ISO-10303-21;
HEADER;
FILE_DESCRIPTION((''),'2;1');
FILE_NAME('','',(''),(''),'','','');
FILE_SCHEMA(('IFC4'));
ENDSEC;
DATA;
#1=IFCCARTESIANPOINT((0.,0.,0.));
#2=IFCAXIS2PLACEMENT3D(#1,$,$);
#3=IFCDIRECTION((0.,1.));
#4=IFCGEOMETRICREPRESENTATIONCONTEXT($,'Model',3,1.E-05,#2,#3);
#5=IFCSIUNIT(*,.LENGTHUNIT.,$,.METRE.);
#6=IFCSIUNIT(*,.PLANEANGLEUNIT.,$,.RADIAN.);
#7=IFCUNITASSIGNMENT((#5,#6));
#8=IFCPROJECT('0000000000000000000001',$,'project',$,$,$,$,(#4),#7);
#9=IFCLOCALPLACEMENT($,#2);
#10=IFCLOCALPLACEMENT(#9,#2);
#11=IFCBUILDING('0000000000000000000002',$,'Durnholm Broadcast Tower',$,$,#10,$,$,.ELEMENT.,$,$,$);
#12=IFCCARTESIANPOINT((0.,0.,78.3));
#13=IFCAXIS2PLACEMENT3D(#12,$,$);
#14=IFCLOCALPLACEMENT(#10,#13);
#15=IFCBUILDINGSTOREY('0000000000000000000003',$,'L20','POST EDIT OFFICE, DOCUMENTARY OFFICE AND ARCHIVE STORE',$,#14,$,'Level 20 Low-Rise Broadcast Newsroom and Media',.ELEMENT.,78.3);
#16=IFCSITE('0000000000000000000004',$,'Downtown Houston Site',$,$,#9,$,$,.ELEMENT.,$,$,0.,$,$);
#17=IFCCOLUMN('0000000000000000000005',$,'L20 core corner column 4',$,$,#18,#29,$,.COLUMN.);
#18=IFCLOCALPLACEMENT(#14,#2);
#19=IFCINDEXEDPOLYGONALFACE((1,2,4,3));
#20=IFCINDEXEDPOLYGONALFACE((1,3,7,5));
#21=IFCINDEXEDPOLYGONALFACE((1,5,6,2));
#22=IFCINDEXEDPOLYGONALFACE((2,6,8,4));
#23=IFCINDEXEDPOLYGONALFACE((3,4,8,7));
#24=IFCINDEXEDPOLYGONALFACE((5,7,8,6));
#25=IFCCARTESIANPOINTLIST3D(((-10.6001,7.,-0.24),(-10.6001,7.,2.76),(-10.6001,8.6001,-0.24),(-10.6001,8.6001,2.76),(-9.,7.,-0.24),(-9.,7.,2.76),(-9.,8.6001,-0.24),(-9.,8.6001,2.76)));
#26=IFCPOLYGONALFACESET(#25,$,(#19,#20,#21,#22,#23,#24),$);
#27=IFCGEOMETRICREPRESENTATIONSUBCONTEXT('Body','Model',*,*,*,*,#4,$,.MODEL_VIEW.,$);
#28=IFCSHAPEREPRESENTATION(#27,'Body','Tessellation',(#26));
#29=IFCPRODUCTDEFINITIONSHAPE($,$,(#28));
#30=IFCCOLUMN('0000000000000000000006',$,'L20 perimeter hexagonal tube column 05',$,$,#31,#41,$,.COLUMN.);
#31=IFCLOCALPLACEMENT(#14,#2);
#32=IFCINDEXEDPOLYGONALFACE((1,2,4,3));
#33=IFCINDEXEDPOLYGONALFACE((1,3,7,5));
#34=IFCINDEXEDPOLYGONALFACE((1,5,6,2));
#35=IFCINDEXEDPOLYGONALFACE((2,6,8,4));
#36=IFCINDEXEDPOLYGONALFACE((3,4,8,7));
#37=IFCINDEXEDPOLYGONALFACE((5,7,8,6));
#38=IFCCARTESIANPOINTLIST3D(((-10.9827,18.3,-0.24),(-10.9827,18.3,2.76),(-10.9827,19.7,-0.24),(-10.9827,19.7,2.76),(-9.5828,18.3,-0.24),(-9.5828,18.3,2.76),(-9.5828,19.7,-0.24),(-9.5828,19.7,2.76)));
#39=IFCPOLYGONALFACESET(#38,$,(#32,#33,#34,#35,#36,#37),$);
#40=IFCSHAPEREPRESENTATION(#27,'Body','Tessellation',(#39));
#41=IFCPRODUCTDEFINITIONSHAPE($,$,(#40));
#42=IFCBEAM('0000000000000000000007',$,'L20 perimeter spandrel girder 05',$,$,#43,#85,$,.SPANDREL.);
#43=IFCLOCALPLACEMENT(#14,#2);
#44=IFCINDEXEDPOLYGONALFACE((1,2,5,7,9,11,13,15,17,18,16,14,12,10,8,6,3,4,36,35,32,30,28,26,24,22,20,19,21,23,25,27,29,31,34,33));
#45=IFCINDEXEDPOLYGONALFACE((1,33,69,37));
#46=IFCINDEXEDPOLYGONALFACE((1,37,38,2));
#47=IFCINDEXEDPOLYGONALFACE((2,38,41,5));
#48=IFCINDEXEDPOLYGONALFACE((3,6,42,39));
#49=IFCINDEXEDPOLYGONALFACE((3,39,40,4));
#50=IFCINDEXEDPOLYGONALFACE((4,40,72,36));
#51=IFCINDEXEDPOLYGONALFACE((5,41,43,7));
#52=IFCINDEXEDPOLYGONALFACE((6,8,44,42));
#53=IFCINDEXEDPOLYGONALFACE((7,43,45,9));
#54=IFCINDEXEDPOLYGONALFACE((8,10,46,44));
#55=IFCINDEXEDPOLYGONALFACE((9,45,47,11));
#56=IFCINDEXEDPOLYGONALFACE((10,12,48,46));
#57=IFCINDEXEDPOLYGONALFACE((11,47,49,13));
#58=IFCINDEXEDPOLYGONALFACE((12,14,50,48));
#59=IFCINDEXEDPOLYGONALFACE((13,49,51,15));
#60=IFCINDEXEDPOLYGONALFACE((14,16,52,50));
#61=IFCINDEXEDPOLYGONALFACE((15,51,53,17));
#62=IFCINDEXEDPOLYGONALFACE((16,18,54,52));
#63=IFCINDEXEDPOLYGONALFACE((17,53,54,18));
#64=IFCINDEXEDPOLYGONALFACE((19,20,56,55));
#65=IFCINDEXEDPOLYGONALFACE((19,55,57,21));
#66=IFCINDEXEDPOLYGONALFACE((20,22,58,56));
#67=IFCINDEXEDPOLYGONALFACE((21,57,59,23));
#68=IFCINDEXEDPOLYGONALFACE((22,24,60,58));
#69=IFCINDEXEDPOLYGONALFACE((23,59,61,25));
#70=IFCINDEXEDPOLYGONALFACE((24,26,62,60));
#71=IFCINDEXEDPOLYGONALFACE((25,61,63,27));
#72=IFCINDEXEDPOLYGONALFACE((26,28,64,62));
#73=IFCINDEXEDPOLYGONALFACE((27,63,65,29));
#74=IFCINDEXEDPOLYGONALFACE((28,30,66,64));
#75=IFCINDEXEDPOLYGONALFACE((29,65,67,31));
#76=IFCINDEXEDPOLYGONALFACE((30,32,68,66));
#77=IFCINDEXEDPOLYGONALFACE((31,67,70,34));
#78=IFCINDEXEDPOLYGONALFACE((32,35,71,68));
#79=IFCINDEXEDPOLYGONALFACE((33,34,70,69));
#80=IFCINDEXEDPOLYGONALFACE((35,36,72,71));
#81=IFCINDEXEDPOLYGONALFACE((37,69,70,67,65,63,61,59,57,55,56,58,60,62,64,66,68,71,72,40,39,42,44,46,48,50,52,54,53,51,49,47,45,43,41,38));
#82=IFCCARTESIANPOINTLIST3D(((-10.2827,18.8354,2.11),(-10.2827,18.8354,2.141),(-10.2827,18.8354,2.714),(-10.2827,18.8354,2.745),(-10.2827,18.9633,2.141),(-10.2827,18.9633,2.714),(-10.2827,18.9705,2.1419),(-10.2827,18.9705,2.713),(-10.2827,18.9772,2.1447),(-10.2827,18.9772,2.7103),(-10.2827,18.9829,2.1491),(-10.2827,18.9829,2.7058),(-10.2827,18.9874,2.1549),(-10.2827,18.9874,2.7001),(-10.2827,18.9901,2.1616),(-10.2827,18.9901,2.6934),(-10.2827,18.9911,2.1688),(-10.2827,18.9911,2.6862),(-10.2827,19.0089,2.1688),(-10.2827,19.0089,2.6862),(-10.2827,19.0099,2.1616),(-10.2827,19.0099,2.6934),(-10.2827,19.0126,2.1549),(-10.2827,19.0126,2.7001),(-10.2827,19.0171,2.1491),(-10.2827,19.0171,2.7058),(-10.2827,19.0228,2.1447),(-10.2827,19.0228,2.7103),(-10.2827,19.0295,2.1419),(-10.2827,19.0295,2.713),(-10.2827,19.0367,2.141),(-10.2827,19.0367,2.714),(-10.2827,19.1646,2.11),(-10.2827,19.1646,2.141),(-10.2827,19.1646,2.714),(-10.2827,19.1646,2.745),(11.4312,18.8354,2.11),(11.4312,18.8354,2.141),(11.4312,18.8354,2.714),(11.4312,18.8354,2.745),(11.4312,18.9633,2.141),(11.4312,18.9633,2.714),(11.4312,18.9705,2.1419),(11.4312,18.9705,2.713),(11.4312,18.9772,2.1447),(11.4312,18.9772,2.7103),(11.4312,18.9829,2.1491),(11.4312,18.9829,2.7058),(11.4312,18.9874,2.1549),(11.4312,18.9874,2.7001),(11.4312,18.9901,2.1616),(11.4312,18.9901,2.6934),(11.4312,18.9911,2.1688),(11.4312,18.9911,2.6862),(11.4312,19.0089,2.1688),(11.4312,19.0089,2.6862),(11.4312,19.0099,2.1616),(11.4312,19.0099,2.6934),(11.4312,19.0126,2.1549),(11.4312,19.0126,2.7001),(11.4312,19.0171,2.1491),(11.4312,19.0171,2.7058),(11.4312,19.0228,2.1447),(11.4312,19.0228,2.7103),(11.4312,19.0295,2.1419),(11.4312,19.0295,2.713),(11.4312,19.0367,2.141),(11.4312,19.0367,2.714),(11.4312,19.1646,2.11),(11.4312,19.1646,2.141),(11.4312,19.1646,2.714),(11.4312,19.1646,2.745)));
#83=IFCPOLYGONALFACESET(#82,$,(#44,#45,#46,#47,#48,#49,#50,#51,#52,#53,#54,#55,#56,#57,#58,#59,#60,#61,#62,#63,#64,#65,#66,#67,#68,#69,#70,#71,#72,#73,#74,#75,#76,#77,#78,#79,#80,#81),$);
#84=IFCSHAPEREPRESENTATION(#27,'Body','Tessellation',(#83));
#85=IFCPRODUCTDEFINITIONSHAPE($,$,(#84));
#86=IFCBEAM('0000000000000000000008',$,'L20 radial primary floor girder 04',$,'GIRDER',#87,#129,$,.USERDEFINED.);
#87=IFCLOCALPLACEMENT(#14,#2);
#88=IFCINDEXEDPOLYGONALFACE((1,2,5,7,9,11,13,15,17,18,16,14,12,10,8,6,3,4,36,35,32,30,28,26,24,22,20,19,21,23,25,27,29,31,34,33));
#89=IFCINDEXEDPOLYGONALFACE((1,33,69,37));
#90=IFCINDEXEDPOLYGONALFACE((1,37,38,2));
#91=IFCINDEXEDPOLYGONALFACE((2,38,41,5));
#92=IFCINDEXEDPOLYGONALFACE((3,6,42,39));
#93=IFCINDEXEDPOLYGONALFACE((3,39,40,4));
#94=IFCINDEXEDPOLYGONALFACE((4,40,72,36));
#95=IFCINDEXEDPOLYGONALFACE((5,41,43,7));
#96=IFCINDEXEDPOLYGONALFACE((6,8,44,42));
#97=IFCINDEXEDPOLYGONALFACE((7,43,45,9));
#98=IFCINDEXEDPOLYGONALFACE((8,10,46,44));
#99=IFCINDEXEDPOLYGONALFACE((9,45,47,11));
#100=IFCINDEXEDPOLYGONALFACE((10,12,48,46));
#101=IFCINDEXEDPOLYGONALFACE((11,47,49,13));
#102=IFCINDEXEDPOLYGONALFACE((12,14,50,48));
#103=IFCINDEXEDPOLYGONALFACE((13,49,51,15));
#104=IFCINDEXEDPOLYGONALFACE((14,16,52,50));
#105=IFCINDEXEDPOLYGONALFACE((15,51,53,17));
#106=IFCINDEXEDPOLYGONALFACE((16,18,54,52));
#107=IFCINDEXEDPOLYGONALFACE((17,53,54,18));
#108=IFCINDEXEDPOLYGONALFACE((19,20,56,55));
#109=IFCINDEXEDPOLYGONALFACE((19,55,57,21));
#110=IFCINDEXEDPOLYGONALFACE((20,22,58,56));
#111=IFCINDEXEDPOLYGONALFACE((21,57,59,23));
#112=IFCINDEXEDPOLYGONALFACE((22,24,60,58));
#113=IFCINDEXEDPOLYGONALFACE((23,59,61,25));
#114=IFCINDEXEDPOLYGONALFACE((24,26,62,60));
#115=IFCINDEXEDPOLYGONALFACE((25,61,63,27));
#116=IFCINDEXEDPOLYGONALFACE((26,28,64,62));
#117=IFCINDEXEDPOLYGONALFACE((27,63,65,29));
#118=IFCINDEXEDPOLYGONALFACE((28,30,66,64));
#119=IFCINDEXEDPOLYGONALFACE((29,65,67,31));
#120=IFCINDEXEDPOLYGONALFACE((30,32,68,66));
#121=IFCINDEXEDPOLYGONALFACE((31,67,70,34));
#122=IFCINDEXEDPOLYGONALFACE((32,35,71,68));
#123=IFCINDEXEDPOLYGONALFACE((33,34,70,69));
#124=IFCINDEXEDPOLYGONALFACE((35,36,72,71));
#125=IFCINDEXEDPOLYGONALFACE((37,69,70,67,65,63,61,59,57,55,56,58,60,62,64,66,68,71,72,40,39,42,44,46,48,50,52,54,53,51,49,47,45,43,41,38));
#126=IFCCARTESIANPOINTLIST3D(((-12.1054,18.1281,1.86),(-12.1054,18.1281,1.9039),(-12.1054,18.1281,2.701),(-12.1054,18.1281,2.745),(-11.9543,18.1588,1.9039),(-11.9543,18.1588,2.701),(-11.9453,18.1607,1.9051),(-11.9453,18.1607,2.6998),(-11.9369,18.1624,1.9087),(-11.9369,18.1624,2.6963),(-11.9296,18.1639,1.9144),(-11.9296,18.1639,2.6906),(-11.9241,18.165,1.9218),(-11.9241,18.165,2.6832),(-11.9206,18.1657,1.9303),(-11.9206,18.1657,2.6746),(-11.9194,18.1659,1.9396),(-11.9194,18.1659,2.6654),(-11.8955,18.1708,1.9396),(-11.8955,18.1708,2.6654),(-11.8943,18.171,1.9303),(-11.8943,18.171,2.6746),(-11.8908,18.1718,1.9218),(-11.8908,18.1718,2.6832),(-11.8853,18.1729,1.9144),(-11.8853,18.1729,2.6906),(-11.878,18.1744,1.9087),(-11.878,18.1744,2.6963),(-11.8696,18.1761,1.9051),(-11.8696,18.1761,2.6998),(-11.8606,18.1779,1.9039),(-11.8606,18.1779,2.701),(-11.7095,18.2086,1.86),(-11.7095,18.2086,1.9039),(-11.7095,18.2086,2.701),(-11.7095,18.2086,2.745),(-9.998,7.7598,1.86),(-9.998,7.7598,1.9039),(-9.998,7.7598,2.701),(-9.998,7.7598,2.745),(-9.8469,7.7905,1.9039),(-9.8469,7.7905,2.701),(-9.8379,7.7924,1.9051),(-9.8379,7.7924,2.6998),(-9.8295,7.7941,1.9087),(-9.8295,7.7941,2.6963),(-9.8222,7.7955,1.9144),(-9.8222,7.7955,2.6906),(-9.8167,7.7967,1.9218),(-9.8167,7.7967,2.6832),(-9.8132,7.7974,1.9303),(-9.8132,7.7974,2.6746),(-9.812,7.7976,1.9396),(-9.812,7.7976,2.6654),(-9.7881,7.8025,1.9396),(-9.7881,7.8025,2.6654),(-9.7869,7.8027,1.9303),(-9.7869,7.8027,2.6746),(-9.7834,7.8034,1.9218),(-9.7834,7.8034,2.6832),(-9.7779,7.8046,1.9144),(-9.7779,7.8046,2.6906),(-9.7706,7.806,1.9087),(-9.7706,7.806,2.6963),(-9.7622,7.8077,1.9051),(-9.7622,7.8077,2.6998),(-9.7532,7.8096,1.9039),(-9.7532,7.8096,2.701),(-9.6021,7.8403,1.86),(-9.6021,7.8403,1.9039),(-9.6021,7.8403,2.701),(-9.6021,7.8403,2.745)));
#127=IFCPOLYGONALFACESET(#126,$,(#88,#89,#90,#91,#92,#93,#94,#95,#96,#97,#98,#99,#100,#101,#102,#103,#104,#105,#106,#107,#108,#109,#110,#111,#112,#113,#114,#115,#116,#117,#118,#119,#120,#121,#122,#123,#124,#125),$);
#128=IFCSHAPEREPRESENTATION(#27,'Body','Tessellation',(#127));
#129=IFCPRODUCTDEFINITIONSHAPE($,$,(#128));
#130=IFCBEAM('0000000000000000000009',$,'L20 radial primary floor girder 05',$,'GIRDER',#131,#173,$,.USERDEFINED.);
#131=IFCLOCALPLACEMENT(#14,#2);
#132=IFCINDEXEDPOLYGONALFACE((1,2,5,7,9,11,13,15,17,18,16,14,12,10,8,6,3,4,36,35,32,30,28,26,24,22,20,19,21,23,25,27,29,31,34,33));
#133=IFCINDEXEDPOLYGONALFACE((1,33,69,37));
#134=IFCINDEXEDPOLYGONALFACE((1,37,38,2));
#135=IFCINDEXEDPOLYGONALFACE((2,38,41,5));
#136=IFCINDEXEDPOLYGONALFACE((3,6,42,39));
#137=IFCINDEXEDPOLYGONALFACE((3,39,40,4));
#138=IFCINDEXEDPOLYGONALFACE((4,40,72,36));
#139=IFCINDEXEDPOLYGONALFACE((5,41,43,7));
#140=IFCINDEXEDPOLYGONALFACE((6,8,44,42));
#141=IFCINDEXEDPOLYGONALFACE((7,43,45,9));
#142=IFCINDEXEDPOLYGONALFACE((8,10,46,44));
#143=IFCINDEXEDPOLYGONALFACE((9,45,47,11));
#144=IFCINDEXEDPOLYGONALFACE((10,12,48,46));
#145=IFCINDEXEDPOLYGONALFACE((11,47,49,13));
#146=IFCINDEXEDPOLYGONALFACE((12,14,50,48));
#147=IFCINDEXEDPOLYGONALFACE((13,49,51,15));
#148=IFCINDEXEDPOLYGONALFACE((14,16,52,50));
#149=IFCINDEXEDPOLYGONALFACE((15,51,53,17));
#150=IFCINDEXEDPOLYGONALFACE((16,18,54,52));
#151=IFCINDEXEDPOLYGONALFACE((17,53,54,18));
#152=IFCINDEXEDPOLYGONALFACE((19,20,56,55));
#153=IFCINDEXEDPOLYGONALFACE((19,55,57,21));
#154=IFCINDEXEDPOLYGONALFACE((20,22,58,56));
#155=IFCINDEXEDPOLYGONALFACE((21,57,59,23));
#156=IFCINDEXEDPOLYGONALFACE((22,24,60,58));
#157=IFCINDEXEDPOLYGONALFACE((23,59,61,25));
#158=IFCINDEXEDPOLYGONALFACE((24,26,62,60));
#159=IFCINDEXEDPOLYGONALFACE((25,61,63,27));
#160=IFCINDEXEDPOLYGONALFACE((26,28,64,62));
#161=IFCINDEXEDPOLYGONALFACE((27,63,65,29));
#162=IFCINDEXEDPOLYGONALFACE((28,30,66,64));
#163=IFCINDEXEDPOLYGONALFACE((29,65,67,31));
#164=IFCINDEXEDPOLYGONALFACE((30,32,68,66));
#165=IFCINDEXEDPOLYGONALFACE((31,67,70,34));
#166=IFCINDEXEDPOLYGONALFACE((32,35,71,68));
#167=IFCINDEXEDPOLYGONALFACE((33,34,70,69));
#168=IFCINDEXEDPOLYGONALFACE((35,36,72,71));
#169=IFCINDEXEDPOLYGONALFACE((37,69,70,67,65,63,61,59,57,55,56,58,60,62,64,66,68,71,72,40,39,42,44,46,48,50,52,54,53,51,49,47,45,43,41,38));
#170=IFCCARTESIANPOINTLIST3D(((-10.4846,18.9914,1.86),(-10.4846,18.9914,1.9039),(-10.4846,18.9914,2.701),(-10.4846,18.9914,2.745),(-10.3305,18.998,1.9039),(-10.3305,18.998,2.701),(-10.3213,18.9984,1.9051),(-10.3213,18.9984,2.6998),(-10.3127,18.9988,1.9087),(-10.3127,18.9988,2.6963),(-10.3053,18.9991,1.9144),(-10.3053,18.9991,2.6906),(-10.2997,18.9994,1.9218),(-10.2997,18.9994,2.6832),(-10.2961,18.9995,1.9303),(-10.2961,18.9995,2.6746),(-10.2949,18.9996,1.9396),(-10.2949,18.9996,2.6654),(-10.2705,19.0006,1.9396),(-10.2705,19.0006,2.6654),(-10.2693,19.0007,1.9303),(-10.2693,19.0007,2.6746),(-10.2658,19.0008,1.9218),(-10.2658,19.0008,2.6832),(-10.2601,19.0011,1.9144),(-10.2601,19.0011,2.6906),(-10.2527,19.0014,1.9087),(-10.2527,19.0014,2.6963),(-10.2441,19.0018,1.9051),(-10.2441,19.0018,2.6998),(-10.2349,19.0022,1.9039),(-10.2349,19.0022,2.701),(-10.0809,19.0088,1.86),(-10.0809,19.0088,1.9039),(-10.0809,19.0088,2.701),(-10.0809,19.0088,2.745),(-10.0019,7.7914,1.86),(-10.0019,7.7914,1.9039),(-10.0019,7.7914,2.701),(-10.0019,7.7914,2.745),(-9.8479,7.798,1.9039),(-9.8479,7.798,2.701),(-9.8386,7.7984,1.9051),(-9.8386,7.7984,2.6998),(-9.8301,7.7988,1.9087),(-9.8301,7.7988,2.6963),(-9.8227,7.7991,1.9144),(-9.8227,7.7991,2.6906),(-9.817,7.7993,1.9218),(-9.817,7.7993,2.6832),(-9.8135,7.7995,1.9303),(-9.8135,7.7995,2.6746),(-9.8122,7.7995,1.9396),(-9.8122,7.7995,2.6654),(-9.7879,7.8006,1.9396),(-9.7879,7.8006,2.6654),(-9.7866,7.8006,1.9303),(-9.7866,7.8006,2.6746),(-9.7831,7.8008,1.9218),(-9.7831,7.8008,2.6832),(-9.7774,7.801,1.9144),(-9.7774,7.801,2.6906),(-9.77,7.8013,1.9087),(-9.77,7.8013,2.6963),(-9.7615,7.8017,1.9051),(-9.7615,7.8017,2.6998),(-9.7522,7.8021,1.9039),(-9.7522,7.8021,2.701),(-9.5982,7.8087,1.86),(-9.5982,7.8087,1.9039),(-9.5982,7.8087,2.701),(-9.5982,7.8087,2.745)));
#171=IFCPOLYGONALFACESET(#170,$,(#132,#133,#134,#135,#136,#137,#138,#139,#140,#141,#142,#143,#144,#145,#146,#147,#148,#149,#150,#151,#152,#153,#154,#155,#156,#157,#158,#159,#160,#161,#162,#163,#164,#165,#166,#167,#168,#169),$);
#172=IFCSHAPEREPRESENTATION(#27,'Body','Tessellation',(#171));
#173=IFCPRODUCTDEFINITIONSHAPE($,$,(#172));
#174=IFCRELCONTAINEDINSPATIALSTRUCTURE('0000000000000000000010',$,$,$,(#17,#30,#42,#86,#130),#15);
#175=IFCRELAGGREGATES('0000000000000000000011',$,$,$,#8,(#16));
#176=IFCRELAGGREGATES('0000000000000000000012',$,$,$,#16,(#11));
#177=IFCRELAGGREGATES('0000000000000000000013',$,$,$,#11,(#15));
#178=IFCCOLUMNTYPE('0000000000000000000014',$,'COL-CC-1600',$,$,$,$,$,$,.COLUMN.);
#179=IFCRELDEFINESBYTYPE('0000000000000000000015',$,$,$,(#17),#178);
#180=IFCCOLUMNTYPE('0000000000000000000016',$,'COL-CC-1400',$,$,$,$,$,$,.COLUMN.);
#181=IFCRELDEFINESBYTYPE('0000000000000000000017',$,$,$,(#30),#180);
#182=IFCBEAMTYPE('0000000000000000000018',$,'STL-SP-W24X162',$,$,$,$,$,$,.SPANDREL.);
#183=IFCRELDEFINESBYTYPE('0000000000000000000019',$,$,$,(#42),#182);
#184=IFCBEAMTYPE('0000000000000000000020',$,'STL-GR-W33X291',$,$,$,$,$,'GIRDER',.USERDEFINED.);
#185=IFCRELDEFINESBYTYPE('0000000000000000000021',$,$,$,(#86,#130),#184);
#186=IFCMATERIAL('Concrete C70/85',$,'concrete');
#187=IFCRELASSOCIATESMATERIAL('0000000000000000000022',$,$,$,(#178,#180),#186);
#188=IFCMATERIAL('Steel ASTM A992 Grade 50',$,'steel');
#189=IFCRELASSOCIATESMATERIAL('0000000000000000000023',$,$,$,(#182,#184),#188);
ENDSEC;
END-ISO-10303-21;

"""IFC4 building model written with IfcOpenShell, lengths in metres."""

from ifc_helpers import new_model, si_unit, direction, frame, origin, origin_2d, place, context, subcontext, project, spatial, rectangle, i_section, extrude, source, transform, mapped, material, material_profile, profile_set, type_object, type_shapes, element, save


model = new_model("IFC4")

# Units and contexts
model_context = context("Model", 3, precision=1e-05, world=origin(), true_north=direction((0.0, 1.0)))
body_context = subcontext(model_context, "Body", "Model", "MODEL_VIEW")
ifc_project = project(units=[si_unit("LENGTHUNIT", "METRE"), si_unit("PLANEANGLEUNIT", "RADIAN")], contexts=[model_context])

# Site, building, storey
site_placement = place(None, origin())
site = spatial("IfcSite", under=ifc_project, at=site_placement, Name="Downtown Houston Site", CompositionType="ELEMENT", RefElevation=0.0)
building_placement = place(site_placement, origin())
building = spatial("IfcBuilding", under=site, at=building_placement, Name="Durnholm Broadcast Tower", CompositionType="ELEMENT")
storey_placement = place(building_placement, frame((0.0, 0.0, 78.3)))
storey = spatial("IfcBuildingStorey", under=building, at=storey_placement, Name="L20", Description="POST EDIT OFFICE, DOCUMENTARY OFFICE AND ARCHIVE STORE", LongName="Level 20 Low-Rise Broadcast Newsroom and Media", CompositionType="ELEMENT", Elevation=78.3)

# Columns
ifc_material_1 = material(Name="Concrete C70/85", Category="concrete")
ifc_material_profile_1 = material_profile(ifc_material_1, rectangle(XDim=1.6001, YDim=1.6001, at=origin_2d()), Name="RC1600X1600")
ifc_profile_set_1 = profile_set([ifc_material_profile_1], Name="Concrete C70/85")
column_type_1 = type_object("IfcColumnType", Name="COL-CC-1600", PredefinedType="COLUMN", material=ifc_profile_set_1)
shared_shape_1 = source(origin(), body_context, "Body", "SweptSolid", [
    extrude(rectangle(XDim=1.6001, YDim=1.6001, at=origin_2d()), origin(), (0.0, 0.0, 1.0), 3.0),
])
type_shapes(column_type_1, [shared_shape_1])
column_1_placement = place(storey_placement, frame((-9.8, 7.8, -0.24), z_axis=(0.0, 0.0, 1.0), x_axis=(1.0, 0.0, 0.0)))
element("IfcColumn", 1, at=column_1_placement, inside=storey, type_object=column_type_1, Name="L20 core corner column 4", PredefinedType="COLUMN", context=body_context, shape_type="MappedRepresentation", body=[
    mapped(shared_shape_1, transform((0.0, 0.0, 0.0), x_axis=(1.0, 0.0, 0.0), y_axis=(0.0, 1.0, 0.0), z_axis=(0.0, 0.0, 1.0), scale=1.0)),
])
ifc_material_profile_2 = material_profile(ifc_material_1, rectangle(XDim=1.3999, YDim=1.3999, at=origin_2d()), Name="RC1400X1400")
ifc_profile_set_2 = profile_set([ifc_material_profile_2], Name="Concrete C70/85")
column_type_2 = type_object("IfcColumnType", Name="COL-CC-1400", PredefinedType="COLUMN", material=ifc_profile_set_2)
shared_shape_2 = source(origin(), body_context, "Body", "SweptSolid", [
    extrude(rectangle(XDim=1.3999, YDim=1.3999, at=origin_2d()), origin(), (0.0, 0.0, 1.0), 3.0),
])
type_shapes(column_type_2, [shared_shape_2])
column_2_placement = place(storey_placement, frame((-10.2827, 19.0, -0.24), z_axis=(0.0, 0.0, 1.0), x_axis=(1.0, 0.0, 0.0)))
element("IfcColumn", 2, at=column_2_placement, inside=storey, type_object=column_type_2, Name="L20 perimeter hexagonal tube column 05", PredefinedType="COLUMN", context=body_context, shape_type="MappedRepresentation", body=[
    mapped(shared_shape_2, transform((0.0, 0.0, 0.0), x_axis=(1.0, 0.0, 0.0), y_axis=(0.0, 1.0, 0.0), z_axis=(0.0, 0.0, 1.0), scale=1.0)),
])

# Beams
ifc_material_2 = material(Name="Steel ASTM A992 Grade 50", Category="steel")
ifc_material_profile_3 = material_profile(ifc_material_2, i_section(OverallWidth=0.3291, OverallDepth=0.635, WebThickness=0.0178, FlangeThickness=0.031, FilletRadius=0.0278, at=origin_2d()), Name="W24X162")
ifc_profile_set_3 = profile_set([ifc_material_profile_3], Name="Steel ASTM A992 Grade 50")
beam_type_1 = type_object("IfcBeamType", Name="STL-SP-W24X162", PredefinedType="SPANDREL", material=ifc_profile_set_3)
shared_shape_3 = source(origin(), body_context, "Body", "SweptSolid", [
    extrude(i_section(OverallWidth=0.3291, OverallDepth=0.635, WebThickness=0.0178, FlangeThickness=0.031, FilletRadius=0.0278, at=origin_2d()), origin(), (0.0, 0.0, 1.0), 21.7139),
])
type_shapes(beam_type_1, [shared_shape_3])
beam_1_placement = place(storey_placement, frame((-10.2827, 19.0, 2.4275), z_axis=(1.0, 0.0, 0.0), x_axis=(0.0, 1.0, 0.0)))
element("IfcBeam", 3, at=beam_1_placement, inside=storey, type_object=beam_type_1, Name="L20 perimeter spandrel girder 05", PredefinedType="SPANDREL", context=body_context, shape_type="MappedRepresentation", body=[
    mapped(shared_shape_3, transform((0.0, 0.0, 0.0), x_axis=(1.0, 0.0, 0.0), y_axis=(0.0, 1.0, 0.0), z_axis=(0.0, 0.0, 1.0), scale=1.0)),
])
ifc_material_profile_4 = material_profile(ifc_material_2, i_section(OverallWidth=0.4041, OverallDepth=0.885, WebThickness=0.0244, FlangeThickness=0.0439, FilletRadius=0.0356, at=origin_2d()), Name="W33X291")
ifc_profile_set_4 = profile_set([ifc_material_profile_4], Name="Steel ASTM A992 Grade 50")
beam_type_2 = type_object("IfcBeamType", Name="STL-GR-W33X291", ElementType="GIRDER", PredefinedType="USERDEFINED", material=ifc_profile_set_4)
shared_shape_4 = source(origin(), body_context, "Body", "SweptSolid", [
    extrude(i_section(OverallWidth=0.4041, OverallDepth=0.885, WebThickness=0.0244, FlangeThickness=0.0439, FilletRadius=0.0356, at=origin_2d()), origin(), (0.0, 0.0, 1.0), 10.5803),
])
beam_2_placement = place(storey_placement, frame((-9.8, 7.8, 2.3025), z_axis=(-0.199181, 0.979963, 0.0), x_axis=(-0.979963, -0.199181, 0.0)))
element("IfcBeam", 4, at=beam_2_placement, inside=storey, type_object=beam_type_2, Name="L20 radial primary floor girder 04", ObjectType="GIRDER", PredefinedType="USERDEFINED", context=body_context, shape_type="MappedRepresentation", body=[
    mapped(shared_shape_4, transform((0.0, 0.0, 0.0), x_axis=(1.0, 0.0, 0.0), y_axis=(0.0, 1.0, 0.0), z_axis=(0.0, 0.0, 1.0), scale=1.0)),
])
shared_shape_5 = source(origin(), body_context, "Body", "SweptSolid", [
    extrude(i_section(OverallWidth=0.4041, OverallDepth=0.885, WebThickness=0.0244, FlangeThickness=0.0439, FilletRadius=0.0356, at=origin_2d()), origin(), (0.0, 0.0, 1.0), 11.2104),
])
type_shapes(beam_type_2, [shared_shape_4, shared_shape_5])
beam_3_placement = place(storey_placement, frame((-9.8, 7.8, 2.3025), z_axis=(-0.043055, 0.999073, 0.0), x_axis=(-0.999073, -0.043055, 0.0)))
element("IfcBeam", 5, at=beam_3_placement, inside=storey, type_object=beam_type_2, Name="L20 radial primary floor girder 05", ObjectType="GIRDER", PredefinedType="USERDEFINED", context=body_context, shape_type="MappedRepresentation", body=[
    mapped(shared_shape_5, transform((0.0, 0.0, 0.0), x_axis=(1.0, 0.0, 0.0), y_axis=(0.0, 1.0, 0.0), z_axis=(0.0, 0.0, 1.0), scale=1.0)),
])

save(model, "model.ifc")
